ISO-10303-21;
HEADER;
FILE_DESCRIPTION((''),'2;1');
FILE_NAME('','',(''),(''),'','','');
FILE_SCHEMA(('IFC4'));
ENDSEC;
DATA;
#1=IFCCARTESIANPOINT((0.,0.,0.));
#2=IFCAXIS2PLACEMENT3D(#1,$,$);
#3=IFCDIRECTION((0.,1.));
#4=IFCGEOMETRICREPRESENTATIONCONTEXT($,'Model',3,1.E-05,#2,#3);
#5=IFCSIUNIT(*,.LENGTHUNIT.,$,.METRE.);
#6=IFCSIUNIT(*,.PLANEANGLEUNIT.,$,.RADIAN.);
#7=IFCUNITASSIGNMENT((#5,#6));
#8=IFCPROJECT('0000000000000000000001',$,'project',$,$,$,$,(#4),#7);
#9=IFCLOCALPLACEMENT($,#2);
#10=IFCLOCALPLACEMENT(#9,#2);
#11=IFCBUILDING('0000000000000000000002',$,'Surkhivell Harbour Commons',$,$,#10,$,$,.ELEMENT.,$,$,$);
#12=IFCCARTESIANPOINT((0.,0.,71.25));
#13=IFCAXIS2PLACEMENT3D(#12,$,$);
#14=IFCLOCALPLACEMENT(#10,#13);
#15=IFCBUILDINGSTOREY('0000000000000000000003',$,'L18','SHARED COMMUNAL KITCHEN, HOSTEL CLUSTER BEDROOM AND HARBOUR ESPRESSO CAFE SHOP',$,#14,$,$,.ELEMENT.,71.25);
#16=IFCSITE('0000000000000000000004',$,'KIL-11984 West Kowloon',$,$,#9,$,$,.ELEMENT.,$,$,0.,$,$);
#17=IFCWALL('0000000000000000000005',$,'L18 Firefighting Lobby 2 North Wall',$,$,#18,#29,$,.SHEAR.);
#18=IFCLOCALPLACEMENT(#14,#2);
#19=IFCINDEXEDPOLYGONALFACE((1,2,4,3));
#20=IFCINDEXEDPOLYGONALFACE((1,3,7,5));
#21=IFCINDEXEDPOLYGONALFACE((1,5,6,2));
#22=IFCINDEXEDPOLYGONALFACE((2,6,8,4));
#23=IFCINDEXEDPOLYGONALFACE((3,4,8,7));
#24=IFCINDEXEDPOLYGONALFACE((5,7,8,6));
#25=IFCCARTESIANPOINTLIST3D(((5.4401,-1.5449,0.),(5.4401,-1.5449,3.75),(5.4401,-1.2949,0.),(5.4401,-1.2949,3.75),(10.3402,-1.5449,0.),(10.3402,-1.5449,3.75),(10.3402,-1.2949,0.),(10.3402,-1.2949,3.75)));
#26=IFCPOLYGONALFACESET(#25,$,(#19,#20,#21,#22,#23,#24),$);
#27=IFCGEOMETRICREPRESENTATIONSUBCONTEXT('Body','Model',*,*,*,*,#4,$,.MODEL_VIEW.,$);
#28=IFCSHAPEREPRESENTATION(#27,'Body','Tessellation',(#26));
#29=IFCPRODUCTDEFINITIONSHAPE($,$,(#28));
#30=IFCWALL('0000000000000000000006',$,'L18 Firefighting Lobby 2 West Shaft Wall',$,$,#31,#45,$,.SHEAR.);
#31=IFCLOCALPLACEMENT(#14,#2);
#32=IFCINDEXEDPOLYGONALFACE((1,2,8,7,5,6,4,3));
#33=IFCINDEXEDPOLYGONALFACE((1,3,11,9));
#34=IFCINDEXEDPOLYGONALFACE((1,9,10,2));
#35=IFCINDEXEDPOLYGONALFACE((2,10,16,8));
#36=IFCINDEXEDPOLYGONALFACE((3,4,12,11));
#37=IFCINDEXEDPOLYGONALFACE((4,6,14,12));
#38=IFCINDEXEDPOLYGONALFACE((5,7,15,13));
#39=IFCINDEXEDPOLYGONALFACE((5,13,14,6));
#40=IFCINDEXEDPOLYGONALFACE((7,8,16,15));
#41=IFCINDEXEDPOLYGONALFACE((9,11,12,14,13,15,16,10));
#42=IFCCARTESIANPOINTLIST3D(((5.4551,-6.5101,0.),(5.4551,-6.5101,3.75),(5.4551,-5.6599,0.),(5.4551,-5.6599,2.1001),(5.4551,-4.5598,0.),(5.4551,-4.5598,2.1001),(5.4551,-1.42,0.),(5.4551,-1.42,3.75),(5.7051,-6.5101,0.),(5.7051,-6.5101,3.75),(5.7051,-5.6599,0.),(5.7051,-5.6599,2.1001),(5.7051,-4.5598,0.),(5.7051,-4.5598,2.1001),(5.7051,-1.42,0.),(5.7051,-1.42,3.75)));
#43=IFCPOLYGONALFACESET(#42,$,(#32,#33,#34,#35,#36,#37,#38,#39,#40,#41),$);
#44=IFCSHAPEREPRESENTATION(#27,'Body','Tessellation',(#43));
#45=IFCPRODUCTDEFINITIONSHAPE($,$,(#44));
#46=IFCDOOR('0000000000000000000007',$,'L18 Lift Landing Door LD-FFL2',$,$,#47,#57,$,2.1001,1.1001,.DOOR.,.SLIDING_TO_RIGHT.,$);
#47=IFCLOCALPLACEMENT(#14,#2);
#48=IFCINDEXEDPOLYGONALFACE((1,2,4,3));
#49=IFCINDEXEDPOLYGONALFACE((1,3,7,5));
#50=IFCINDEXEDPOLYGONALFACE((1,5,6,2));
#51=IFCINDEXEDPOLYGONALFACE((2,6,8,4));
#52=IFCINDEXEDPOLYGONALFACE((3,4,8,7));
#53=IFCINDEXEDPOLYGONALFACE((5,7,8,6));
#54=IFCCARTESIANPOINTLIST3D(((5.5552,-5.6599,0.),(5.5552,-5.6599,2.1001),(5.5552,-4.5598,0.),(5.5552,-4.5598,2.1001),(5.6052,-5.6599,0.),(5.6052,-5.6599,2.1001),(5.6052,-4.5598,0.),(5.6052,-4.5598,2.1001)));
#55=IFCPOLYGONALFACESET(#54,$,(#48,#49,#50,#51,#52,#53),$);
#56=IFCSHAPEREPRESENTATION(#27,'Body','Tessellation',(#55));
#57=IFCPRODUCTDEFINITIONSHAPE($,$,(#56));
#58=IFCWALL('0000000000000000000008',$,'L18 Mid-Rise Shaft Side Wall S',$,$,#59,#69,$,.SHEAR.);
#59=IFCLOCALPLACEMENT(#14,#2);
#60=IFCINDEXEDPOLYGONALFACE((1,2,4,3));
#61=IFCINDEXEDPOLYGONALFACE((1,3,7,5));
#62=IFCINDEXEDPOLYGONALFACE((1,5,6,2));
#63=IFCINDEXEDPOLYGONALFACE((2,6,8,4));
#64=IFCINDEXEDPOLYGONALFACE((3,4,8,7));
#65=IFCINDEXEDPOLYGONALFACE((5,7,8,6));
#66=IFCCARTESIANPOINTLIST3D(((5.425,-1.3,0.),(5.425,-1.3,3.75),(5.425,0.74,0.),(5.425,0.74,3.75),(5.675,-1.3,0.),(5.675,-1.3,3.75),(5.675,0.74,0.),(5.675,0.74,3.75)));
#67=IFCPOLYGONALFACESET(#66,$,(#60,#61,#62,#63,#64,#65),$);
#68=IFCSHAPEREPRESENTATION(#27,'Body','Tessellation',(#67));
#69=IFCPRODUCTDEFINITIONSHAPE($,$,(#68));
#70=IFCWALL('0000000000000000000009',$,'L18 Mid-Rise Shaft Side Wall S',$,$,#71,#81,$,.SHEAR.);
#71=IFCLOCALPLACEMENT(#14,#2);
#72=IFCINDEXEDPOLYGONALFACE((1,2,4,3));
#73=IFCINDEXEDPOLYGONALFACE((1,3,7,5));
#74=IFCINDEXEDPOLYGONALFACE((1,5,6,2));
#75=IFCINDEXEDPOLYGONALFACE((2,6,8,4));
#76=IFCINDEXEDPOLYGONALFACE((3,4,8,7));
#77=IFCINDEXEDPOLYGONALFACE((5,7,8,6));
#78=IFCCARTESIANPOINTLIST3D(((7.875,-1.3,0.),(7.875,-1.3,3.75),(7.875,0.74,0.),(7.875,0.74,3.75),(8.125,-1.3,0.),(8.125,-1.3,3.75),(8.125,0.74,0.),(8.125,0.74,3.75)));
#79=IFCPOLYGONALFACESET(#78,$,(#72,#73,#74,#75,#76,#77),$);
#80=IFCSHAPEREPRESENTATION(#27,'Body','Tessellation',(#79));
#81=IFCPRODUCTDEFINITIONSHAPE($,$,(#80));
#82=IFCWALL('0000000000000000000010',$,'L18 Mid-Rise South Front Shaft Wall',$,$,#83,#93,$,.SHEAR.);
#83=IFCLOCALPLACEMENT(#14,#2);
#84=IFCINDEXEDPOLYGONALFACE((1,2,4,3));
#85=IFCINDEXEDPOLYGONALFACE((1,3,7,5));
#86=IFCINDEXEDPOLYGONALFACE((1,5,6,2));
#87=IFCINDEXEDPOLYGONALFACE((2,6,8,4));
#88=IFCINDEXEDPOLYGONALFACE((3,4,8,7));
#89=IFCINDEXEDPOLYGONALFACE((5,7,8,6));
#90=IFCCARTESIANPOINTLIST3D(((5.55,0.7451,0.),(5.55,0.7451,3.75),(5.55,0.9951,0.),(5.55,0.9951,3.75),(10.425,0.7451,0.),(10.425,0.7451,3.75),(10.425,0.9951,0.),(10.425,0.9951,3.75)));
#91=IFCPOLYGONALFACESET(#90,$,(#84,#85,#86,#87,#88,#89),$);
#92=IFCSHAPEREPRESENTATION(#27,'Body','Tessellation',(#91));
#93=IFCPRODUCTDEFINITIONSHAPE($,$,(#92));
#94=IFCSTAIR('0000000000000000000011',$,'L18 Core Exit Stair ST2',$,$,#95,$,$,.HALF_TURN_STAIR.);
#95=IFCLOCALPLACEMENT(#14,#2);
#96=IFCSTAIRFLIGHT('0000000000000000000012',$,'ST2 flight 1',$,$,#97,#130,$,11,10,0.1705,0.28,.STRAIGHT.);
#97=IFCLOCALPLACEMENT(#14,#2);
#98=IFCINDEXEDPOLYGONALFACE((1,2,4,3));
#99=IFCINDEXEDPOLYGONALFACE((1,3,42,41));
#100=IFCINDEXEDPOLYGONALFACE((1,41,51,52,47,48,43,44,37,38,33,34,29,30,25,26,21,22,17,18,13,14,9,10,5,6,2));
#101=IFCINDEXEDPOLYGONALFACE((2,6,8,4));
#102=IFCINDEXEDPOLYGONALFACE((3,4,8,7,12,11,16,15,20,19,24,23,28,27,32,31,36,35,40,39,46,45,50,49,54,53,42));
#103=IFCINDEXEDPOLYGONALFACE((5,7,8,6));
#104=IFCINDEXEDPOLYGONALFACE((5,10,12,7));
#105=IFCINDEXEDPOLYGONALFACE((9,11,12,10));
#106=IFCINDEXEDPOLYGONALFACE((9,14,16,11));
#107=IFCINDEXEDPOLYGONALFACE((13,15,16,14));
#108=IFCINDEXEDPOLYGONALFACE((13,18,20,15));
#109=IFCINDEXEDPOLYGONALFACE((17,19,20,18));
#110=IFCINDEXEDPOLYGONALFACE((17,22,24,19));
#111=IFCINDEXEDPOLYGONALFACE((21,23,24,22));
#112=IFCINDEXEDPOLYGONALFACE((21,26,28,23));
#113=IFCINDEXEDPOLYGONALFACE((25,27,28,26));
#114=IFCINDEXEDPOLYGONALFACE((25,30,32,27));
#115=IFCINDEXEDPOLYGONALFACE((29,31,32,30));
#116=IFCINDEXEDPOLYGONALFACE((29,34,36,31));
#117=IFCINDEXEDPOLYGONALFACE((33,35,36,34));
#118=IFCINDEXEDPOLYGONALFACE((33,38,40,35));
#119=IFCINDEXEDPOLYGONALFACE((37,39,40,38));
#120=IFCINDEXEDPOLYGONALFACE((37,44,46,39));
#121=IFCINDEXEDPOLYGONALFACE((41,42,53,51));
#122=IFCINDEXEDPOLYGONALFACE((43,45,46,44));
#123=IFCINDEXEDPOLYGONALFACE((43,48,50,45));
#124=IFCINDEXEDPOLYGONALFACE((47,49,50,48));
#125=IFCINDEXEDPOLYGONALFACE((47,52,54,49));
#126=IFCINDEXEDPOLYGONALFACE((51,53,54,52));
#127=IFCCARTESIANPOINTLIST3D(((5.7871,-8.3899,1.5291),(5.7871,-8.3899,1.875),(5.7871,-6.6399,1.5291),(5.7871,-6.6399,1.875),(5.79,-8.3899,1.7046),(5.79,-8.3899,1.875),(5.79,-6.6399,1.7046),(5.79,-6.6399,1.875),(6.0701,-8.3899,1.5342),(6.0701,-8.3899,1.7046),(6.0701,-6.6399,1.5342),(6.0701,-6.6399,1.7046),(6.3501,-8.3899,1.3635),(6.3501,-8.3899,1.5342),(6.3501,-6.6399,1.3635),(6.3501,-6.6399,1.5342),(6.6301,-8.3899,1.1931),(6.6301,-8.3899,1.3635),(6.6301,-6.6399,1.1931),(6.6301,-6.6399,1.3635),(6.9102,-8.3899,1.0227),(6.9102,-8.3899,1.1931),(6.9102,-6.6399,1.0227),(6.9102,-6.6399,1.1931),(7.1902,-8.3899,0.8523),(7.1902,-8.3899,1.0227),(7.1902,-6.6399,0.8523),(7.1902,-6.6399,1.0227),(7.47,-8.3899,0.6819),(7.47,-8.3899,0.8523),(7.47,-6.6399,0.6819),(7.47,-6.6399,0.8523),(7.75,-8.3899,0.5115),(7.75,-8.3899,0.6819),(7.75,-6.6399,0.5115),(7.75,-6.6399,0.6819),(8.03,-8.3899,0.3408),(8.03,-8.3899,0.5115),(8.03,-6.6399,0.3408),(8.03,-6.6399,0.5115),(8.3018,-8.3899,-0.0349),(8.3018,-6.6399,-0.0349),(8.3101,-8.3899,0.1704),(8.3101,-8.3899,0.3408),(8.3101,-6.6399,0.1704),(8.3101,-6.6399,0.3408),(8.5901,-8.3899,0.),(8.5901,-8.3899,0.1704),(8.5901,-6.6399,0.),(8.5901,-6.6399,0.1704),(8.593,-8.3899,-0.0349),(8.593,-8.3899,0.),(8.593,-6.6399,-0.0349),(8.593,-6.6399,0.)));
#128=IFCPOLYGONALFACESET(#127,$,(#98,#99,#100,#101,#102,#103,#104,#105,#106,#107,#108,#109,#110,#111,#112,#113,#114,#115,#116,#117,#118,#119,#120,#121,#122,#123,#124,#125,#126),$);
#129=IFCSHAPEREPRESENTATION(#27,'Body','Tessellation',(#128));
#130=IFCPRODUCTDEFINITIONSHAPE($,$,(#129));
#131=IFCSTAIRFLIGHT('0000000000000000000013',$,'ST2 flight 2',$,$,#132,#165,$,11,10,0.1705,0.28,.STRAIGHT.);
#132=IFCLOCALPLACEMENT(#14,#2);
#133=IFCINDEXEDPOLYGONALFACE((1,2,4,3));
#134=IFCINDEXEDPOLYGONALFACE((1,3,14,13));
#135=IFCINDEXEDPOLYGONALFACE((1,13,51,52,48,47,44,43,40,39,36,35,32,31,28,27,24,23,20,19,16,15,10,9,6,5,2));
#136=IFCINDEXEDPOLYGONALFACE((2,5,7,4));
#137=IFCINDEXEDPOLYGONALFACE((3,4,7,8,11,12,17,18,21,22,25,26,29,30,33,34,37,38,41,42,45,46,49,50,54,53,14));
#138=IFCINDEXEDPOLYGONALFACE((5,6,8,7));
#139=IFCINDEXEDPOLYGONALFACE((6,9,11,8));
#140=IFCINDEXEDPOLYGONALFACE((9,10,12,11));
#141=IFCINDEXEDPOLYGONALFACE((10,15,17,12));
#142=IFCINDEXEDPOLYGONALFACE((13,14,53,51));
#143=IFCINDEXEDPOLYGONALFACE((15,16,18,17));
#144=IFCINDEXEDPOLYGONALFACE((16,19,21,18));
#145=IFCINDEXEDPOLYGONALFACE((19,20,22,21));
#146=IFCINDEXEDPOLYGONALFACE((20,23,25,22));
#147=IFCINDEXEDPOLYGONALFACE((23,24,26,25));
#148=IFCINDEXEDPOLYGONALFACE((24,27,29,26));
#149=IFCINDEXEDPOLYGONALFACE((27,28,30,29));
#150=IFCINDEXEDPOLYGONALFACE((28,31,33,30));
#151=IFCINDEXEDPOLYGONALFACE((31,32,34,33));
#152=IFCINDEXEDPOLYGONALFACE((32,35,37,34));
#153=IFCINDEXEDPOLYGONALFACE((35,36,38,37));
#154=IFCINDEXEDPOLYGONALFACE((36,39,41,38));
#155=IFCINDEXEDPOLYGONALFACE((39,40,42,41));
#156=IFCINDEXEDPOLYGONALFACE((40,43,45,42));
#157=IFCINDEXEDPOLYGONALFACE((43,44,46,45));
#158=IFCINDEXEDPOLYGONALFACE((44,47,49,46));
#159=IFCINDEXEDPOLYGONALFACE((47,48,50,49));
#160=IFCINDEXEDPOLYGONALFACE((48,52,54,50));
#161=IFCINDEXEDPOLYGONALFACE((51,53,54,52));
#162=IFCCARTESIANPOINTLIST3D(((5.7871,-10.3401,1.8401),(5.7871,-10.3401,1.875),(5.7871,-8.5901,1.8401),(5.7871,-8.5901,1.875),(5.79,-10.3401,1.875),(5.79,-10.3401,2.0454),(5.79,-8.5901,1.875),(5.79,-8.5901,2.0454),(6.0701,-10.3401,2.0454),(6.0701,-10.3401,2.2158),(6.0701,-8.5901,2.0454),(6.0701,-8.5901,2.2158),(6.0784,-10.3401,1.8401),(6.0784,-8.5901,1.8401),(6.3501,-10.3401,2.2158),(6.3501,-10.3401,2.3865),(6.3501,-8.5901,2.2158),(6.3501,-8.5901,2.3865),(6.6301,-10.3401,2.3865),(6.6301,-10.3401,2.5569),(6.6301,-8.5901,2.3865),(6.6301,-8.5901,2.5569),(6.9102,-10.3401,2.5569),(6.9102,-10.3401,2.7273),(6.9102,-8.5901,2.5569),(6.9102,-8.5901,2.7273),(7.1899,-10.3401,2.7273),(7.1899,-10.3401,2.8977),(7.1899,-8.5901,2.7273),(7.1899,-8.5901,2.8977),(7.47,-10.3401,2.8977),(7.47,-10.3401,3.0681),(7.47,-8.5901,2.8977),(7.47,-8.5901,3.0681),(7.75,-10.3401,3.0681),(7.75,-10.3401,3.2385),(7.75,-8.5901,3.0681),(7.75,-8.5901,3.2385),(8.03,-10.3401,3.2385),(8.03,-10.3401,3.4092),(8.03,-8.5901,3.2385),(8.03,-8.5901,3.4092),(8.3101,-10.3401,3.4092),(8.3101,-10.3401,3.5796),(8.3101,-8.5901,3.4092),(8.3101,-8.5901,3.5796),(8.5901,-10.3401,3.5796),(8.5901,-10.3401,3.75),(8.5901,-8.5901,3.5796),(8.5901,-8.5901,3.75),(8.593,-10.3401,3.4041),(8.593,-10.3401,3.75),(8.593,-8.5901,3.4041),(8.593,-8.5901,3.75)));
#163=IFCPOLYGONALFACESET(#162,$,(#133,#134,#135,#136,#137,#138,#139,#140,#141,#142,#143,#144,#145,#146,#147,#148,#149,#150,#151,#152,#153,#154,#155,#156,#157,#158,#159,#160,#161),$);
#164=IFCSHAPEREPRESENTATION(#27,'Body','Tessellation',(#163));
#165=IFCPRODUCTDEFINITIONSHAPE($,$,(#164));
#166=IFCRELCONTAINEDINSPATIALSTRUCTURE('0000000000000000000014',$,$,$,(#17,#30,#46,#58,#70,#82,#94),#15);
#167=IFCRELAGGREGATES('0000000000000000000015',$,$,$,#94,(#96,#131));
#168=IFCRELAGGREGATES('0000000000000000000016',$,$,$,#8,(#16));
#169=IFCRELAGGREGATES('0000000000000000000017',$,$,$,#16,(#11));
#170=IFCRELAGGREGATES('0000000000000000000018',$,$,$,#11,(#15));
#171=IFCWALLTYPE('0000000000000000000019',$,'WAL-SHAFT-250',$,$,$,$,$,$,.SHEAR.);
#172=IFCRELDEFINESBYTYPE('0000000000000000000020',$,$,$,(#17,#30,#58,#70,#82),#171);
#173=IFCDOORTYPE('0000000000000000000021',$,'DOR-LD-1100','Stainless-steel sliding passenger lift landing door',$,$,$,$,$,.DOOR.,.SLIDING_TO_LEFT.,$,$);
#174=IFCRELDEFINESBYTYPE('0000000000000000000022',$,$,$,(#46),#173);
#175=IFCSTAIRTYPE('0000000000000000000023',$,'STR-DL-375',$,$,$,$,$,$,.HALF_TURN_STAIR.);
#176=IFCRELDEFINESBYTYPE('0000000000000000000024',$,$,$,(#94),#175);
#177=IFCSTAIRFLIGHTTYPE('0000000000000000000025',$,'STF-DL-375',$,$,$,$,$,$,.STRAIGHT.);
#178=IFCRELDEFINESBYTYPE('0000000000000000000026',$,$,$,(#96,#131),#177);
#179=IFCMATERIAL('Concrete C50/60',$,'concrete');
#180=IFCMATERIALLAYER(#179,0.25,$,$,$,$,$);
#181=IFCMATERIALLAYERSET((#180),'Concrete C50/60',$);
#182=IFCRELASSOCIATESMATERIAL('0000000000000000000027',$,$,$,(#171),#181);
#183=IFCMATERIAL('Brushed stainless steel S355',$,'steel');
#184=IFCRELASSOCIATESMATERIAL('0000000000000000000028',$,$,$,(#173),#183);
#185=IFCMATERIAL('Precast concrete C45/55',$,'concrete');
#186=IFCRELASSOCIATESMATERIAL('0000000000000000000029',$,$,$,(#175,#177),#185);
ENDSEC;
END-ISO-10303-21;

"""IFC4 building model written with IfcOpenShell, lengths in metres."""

from ifc_helpers import new_model, si_unit, direction, frame, frame_2d, origin, place, context, subcontext, project, spatial, polyline, rectangle, outline, extrude, material, layer, layer_set, type_object, element, fill, aggregate, save


model = new_model("IFC4")

# Units and contexts
model_context = context("Model", 3, precision=1e-05, world=origin(), true_north=direction((0.0, 1.0)))
body_context = subcontext(model_context, "Body", "Model", "MODEL_VIEW")
ifc_project = project(units=[si_unit("LENGTHUNIT", "METRE"), si_unit("PLANEANGLEUNIT", "RADIAN")], contexts=[model_context])

# Site, building, storey
site_placement = place(None, origin())
site = spatial("IfcSite", under=ifc_project, at=site_placement, Name="KIL-11984 West Kowloon", CompositionType="ELEMENT", RefElevation=0.0)
building_placement = place(site_placement, origin())
building = spatial("IfcBuilding", under=site, at=building_placement, Name="Surkhivell Harbour Commons", CompositionType="ELEMENT")
storey_placement = place(building_placement, frame((0.0, 0.0, 71.25)))
storey = spatial("IfcBuildingStorey", under=building, at=storey_placement, Name="L18", Description="SHARED COMMUNAL KITCHEN, HOSTEL CLUSTER BEDROOM AND HARBOUR ESPRESSO CAFE SHOP", CompositionType="ELEMENT", Elevation=71.25)

# Wall
ifc_material_1 = material(Name="Concrete C50/60", Category="concrete")
ifc_layer_1 = layer(ifc_material_1, 0.25)
ifc_layer_set_1 = layer_set([ifc_layer_1], Name="Concrete C50/60")
wall_type_1 = type_object("IfcWallType", Name="WAL-SHAFT-250", PredefinedType="SHEAR", material=ifc_layer_set_1)
wall_1_placement = place(storey_placement, frame((5.4399, -1.4199, 0.0), z_axis=(0.0, 0.0, 1.0), x_axis=(1.0, 0.0, 0.0)))
element("IfcWall", 1, at=wall_1_placement, inside=storey, type_object=wall_type_1, Name="L18 Firefighting Lobby 2 North Wall", PredefinedType="SHEAR", context=body_context, shape_type="SweptSolid", body=[
    extrude(rectangle(XDim=4.9001, YDim=0.25, at=frame_2d((2.4502, 0.0))), origin(), (0.0, 0.0, 1.0), 3.75),
])

# Wall, opening, door
wall_2_placement = place(storey_placement, frame((5.5801, -6.51, 0.0), z_axis=(0.0, 0.0, 1.0), x_axis=(0.0, 1.0, 0.0)))
wall_2 = element("IfcWall", 2, at=wall_2_placement, inside=storey, type_object=wall_type_1, Name="L18 Firefighting Lobby 2 West Shaft Wall", PredefinedType="SHEAR", context=body_context, shape_type="SweptSolid", body=[
    extrude(rectangle(XDim=5.0901, YDim=0.25, at=frame_2d((2.5449, 0.0))), origin(), (0.0, 0.0, 1.0), 3.75),
])
opening_1_placement = place(wall_2_placement, frame((0.8501, 0.0, 0.0)))
opening_1 = element("IfcOpeningElement", 3, at=opening_1_placement, cuts=wall_2, PredefinedType="OPENING", context=body_context, shape_type="SweptSolid", body=[
    extrude(rectangle(XDim=1.1001, YDim=2.1001, at=frame_2d((0.55, 1.05))), frame((0.0, 0.135, 0.0), z_axis=(0.0, -1.0, 0.0), x_axis=(1.0, 0.0, 0.0)), (0.0, 0.0, 1.0), 0.27),
])
ifc_material_2 = material(Name="Brushed stainless steel S355", Category="steel")
door_type_1 = type_object("IfcDoorType", Name="DOR-LD-1100", Description="Stainless-steel sliding passenger lift landing door", OperationType="SLIDING_TO_LEFT", PredefinedType="DOOR", material=ifc_material_2)
door_1_placement = place(opening_1_placement, origin())
door_1 = element("IfcDoor", 4, at=door_1_placement, inside=storey, type_object=door_type_1, Name="L18 Lift Landing Door LD-FFL2", OperationType="SLIDING_TO_RIGHT", OverallHeight=2.1001, OverallWidth=1.1001, PredefinedType="DOOR", context=body_context, shape_type="SweptSolid", body=[
    extrude(rectangle(XDim=1.1001, YDim=2.1001, at=frame_2d((0.55, 1.05))), frame((0.0, 0.0249, 0.0), z_axis=(0.0, -1.0, 0.0), x_axis=(1.0, 0.0, 0.0)), (0.0, 0.0, 1.0), 0.05),
])
fill(opening_1, door_1)

# Walls
for number, where, z_axis, x_axis, name in (
    (5, (5.55, -1.3, 0.0), (0.0, 0.0, 1.0), (0.0, 1.0, 0.0), "L18 Mid-Rise Shaft Side Wall S"),
    (6, (8.0, -1.3, 0.0), (0.0, 0.0, 1.0), (0.0, 1.0, 0.0), "L18 Mid-Rise Shaft Side Wall S"),
):
    element("IfcWall", number, at=place(storey_placement, frame(where, z_axis=z_axis, x_axis=x_axis)), inside=storey, type_object=wall_type_1, Name=name, PredefinedType="SHEAR", context=body_context, shape_type="SweptSolid", body=[
        extrude(rectangle(XDim=2.04, YDim=0.25, at=frame_2d((1.02, 0.0))), origin(), (0.0, 0.0, 1.0), 3.75),
    ])
wall_3_placement = place(storey_placement, frame((5.55, 0.8701, 0.0), z_axis=(0.0, 0.0, 1.0), x_axis=(1.0, 0.0, 0.0)))
element("IfcWall", 7, at=wall_3_placement, inside=storey, type_object=wall_type_1, Name="L18 Mid-Rise South Front Shaft Wall", PredefinedType="SHEAR", context=body_context, shape_type="SweptSolid", body=[
    extrude(rectangle(XDim=4.875, YDim=0.25, at=frame_2d((2.4375, 0.0))), origin(), (0.0, 0.0, 1.0), 3.75),
])

# Stair, stair flights
ifc_material_3 = material(Name="Precast concrete C45/55", Category="concrete")
stair_type = type_object("IfcStairType", Name="STR-DL-375", PredefinedType="HALF_TURN_STAIR", material=ifc_material_3)
stair_placement = place(storey_placement, origin())
stair = element("IfcStair", 8, at=stair_placement, inside=storey, type_object=stair_type, Name="L18 Core Exit Stair ST2", PredefinedType="HALF_TURN_STAIR")
stair_flight_type = type_object("IfcStairFlightType", Name="STF-DL-375", PredefinedType="STRAIGHT", material=ifc_material_3)
stair_flight_1_placement = place(storey_placement, frame((8.5901, -7.5149, 0.0), z_axis=(0.0, 0.0, 1.0), x_axis=(-1.0, 0.0, 0.0)))
stair_flight_1 = element("IfcStairFlight", 9, at=stair_flight_1_placement, type_object=stair_flight_type, Name="ST2 flight 1", NumberOfRisers=11, NumberOfTreads=10, PredefinedType="STRAIGHT", RiserHeight=0.1705, TreadLength=0.28, context=body_context, shape_type="SweptSolid", body=[
    extrude(outline(polyline([(-0.0029, -0.0349), (-0.0029, 0.0), (0.0, 0.0), (0.0, 0.1704), (0.28, 0.1704), (0.28, 0.3408), (0.5601, 0.3408), (0.5601, 0.5115), (0.8401, 0.5115), (0.8401, 0.6819), (1.1201, 0.6819), (1.1201, 0.8523), (1.3999, 0.8523), (1.3999, 1.0227), (1.6799, 1.0227), (1.6799, 1.1931), (1.96, 1.1931), (1.96, 1.3635), (2.24, 1.3635), (2.24, 1.5342), (2.52, 1.5342), (2.52, 1.7046), (2.8, 1.7046), (2.8, 1.875), (2.803, 1.875), (2.803, 1.5291), (0.2883, -0.0349), (-0.0029, -0.0349)])), frame((0.0, 0.875, 0.0), z_axis=(0.0, -1.0, 0.0), x_axis=(1.0, 0.0, 0.0)), (0.0, 0.0, 1.0), 1.75),
])
stair_flight_2_placement = place(storey_placement, frame((5.79, -9.4651, 1.875), z_axis=(0.0, 0.0, 1.0), x_axis=(1.0, 0.0, 0.0)))
stair_flight_2 = element("IfcStairFlight", 10, at=stair_flight_2_placement, type_object=stair_flight_type, Name="ST2 flight 2", NumberOfRisers=11, NumberOfTreads=10, PredefinedType="STRAIGHT", RiserHeight=0.1705, TreadLength=0.28, context=body_context, shape_type="SweptSolid", body=[
    extrude(outline(polyline([(-0.0029, -0.0349), (-0.0029, 0.0), (0.0, 0.0), (0.0, 0.1704), (0.28, 0.1704), (0.28, 0.3408), (0.5601, 0.3408), (0.5601, 0.5115), (0.8401, 0.5115), (0.8401, 0.6819), (1.1201, 0.6819), (1.1201, 0.8523), (1.3999, 0.8523), (1.3999, 1.0227), (1.6799, 1.0227), (1.6799, 1.1931), (1.96, 1.1931), (1.96, 1.3635), (2.24, 1.3635), (2.24, 1.5342), (2.52, 1.5342), (2.52, 1.7046), (2.8, 1.7046), (2.8, 1.875), (2.803, 1.875), (2.803, 1.5291), (0.2883, -0.0349), (-0.0029, -0.0349)])), frame((0.0, 0.875, 0.0), z_axis=(0.0, -1.0, 0.0), x_axis=(1.0, 0.0, 0.0)), (0.0, 0.0, 1.0), 1.75),
])
aggregate(stair, [stair_flight_1, stair_flight_2])

save(model, "model.ifc")
